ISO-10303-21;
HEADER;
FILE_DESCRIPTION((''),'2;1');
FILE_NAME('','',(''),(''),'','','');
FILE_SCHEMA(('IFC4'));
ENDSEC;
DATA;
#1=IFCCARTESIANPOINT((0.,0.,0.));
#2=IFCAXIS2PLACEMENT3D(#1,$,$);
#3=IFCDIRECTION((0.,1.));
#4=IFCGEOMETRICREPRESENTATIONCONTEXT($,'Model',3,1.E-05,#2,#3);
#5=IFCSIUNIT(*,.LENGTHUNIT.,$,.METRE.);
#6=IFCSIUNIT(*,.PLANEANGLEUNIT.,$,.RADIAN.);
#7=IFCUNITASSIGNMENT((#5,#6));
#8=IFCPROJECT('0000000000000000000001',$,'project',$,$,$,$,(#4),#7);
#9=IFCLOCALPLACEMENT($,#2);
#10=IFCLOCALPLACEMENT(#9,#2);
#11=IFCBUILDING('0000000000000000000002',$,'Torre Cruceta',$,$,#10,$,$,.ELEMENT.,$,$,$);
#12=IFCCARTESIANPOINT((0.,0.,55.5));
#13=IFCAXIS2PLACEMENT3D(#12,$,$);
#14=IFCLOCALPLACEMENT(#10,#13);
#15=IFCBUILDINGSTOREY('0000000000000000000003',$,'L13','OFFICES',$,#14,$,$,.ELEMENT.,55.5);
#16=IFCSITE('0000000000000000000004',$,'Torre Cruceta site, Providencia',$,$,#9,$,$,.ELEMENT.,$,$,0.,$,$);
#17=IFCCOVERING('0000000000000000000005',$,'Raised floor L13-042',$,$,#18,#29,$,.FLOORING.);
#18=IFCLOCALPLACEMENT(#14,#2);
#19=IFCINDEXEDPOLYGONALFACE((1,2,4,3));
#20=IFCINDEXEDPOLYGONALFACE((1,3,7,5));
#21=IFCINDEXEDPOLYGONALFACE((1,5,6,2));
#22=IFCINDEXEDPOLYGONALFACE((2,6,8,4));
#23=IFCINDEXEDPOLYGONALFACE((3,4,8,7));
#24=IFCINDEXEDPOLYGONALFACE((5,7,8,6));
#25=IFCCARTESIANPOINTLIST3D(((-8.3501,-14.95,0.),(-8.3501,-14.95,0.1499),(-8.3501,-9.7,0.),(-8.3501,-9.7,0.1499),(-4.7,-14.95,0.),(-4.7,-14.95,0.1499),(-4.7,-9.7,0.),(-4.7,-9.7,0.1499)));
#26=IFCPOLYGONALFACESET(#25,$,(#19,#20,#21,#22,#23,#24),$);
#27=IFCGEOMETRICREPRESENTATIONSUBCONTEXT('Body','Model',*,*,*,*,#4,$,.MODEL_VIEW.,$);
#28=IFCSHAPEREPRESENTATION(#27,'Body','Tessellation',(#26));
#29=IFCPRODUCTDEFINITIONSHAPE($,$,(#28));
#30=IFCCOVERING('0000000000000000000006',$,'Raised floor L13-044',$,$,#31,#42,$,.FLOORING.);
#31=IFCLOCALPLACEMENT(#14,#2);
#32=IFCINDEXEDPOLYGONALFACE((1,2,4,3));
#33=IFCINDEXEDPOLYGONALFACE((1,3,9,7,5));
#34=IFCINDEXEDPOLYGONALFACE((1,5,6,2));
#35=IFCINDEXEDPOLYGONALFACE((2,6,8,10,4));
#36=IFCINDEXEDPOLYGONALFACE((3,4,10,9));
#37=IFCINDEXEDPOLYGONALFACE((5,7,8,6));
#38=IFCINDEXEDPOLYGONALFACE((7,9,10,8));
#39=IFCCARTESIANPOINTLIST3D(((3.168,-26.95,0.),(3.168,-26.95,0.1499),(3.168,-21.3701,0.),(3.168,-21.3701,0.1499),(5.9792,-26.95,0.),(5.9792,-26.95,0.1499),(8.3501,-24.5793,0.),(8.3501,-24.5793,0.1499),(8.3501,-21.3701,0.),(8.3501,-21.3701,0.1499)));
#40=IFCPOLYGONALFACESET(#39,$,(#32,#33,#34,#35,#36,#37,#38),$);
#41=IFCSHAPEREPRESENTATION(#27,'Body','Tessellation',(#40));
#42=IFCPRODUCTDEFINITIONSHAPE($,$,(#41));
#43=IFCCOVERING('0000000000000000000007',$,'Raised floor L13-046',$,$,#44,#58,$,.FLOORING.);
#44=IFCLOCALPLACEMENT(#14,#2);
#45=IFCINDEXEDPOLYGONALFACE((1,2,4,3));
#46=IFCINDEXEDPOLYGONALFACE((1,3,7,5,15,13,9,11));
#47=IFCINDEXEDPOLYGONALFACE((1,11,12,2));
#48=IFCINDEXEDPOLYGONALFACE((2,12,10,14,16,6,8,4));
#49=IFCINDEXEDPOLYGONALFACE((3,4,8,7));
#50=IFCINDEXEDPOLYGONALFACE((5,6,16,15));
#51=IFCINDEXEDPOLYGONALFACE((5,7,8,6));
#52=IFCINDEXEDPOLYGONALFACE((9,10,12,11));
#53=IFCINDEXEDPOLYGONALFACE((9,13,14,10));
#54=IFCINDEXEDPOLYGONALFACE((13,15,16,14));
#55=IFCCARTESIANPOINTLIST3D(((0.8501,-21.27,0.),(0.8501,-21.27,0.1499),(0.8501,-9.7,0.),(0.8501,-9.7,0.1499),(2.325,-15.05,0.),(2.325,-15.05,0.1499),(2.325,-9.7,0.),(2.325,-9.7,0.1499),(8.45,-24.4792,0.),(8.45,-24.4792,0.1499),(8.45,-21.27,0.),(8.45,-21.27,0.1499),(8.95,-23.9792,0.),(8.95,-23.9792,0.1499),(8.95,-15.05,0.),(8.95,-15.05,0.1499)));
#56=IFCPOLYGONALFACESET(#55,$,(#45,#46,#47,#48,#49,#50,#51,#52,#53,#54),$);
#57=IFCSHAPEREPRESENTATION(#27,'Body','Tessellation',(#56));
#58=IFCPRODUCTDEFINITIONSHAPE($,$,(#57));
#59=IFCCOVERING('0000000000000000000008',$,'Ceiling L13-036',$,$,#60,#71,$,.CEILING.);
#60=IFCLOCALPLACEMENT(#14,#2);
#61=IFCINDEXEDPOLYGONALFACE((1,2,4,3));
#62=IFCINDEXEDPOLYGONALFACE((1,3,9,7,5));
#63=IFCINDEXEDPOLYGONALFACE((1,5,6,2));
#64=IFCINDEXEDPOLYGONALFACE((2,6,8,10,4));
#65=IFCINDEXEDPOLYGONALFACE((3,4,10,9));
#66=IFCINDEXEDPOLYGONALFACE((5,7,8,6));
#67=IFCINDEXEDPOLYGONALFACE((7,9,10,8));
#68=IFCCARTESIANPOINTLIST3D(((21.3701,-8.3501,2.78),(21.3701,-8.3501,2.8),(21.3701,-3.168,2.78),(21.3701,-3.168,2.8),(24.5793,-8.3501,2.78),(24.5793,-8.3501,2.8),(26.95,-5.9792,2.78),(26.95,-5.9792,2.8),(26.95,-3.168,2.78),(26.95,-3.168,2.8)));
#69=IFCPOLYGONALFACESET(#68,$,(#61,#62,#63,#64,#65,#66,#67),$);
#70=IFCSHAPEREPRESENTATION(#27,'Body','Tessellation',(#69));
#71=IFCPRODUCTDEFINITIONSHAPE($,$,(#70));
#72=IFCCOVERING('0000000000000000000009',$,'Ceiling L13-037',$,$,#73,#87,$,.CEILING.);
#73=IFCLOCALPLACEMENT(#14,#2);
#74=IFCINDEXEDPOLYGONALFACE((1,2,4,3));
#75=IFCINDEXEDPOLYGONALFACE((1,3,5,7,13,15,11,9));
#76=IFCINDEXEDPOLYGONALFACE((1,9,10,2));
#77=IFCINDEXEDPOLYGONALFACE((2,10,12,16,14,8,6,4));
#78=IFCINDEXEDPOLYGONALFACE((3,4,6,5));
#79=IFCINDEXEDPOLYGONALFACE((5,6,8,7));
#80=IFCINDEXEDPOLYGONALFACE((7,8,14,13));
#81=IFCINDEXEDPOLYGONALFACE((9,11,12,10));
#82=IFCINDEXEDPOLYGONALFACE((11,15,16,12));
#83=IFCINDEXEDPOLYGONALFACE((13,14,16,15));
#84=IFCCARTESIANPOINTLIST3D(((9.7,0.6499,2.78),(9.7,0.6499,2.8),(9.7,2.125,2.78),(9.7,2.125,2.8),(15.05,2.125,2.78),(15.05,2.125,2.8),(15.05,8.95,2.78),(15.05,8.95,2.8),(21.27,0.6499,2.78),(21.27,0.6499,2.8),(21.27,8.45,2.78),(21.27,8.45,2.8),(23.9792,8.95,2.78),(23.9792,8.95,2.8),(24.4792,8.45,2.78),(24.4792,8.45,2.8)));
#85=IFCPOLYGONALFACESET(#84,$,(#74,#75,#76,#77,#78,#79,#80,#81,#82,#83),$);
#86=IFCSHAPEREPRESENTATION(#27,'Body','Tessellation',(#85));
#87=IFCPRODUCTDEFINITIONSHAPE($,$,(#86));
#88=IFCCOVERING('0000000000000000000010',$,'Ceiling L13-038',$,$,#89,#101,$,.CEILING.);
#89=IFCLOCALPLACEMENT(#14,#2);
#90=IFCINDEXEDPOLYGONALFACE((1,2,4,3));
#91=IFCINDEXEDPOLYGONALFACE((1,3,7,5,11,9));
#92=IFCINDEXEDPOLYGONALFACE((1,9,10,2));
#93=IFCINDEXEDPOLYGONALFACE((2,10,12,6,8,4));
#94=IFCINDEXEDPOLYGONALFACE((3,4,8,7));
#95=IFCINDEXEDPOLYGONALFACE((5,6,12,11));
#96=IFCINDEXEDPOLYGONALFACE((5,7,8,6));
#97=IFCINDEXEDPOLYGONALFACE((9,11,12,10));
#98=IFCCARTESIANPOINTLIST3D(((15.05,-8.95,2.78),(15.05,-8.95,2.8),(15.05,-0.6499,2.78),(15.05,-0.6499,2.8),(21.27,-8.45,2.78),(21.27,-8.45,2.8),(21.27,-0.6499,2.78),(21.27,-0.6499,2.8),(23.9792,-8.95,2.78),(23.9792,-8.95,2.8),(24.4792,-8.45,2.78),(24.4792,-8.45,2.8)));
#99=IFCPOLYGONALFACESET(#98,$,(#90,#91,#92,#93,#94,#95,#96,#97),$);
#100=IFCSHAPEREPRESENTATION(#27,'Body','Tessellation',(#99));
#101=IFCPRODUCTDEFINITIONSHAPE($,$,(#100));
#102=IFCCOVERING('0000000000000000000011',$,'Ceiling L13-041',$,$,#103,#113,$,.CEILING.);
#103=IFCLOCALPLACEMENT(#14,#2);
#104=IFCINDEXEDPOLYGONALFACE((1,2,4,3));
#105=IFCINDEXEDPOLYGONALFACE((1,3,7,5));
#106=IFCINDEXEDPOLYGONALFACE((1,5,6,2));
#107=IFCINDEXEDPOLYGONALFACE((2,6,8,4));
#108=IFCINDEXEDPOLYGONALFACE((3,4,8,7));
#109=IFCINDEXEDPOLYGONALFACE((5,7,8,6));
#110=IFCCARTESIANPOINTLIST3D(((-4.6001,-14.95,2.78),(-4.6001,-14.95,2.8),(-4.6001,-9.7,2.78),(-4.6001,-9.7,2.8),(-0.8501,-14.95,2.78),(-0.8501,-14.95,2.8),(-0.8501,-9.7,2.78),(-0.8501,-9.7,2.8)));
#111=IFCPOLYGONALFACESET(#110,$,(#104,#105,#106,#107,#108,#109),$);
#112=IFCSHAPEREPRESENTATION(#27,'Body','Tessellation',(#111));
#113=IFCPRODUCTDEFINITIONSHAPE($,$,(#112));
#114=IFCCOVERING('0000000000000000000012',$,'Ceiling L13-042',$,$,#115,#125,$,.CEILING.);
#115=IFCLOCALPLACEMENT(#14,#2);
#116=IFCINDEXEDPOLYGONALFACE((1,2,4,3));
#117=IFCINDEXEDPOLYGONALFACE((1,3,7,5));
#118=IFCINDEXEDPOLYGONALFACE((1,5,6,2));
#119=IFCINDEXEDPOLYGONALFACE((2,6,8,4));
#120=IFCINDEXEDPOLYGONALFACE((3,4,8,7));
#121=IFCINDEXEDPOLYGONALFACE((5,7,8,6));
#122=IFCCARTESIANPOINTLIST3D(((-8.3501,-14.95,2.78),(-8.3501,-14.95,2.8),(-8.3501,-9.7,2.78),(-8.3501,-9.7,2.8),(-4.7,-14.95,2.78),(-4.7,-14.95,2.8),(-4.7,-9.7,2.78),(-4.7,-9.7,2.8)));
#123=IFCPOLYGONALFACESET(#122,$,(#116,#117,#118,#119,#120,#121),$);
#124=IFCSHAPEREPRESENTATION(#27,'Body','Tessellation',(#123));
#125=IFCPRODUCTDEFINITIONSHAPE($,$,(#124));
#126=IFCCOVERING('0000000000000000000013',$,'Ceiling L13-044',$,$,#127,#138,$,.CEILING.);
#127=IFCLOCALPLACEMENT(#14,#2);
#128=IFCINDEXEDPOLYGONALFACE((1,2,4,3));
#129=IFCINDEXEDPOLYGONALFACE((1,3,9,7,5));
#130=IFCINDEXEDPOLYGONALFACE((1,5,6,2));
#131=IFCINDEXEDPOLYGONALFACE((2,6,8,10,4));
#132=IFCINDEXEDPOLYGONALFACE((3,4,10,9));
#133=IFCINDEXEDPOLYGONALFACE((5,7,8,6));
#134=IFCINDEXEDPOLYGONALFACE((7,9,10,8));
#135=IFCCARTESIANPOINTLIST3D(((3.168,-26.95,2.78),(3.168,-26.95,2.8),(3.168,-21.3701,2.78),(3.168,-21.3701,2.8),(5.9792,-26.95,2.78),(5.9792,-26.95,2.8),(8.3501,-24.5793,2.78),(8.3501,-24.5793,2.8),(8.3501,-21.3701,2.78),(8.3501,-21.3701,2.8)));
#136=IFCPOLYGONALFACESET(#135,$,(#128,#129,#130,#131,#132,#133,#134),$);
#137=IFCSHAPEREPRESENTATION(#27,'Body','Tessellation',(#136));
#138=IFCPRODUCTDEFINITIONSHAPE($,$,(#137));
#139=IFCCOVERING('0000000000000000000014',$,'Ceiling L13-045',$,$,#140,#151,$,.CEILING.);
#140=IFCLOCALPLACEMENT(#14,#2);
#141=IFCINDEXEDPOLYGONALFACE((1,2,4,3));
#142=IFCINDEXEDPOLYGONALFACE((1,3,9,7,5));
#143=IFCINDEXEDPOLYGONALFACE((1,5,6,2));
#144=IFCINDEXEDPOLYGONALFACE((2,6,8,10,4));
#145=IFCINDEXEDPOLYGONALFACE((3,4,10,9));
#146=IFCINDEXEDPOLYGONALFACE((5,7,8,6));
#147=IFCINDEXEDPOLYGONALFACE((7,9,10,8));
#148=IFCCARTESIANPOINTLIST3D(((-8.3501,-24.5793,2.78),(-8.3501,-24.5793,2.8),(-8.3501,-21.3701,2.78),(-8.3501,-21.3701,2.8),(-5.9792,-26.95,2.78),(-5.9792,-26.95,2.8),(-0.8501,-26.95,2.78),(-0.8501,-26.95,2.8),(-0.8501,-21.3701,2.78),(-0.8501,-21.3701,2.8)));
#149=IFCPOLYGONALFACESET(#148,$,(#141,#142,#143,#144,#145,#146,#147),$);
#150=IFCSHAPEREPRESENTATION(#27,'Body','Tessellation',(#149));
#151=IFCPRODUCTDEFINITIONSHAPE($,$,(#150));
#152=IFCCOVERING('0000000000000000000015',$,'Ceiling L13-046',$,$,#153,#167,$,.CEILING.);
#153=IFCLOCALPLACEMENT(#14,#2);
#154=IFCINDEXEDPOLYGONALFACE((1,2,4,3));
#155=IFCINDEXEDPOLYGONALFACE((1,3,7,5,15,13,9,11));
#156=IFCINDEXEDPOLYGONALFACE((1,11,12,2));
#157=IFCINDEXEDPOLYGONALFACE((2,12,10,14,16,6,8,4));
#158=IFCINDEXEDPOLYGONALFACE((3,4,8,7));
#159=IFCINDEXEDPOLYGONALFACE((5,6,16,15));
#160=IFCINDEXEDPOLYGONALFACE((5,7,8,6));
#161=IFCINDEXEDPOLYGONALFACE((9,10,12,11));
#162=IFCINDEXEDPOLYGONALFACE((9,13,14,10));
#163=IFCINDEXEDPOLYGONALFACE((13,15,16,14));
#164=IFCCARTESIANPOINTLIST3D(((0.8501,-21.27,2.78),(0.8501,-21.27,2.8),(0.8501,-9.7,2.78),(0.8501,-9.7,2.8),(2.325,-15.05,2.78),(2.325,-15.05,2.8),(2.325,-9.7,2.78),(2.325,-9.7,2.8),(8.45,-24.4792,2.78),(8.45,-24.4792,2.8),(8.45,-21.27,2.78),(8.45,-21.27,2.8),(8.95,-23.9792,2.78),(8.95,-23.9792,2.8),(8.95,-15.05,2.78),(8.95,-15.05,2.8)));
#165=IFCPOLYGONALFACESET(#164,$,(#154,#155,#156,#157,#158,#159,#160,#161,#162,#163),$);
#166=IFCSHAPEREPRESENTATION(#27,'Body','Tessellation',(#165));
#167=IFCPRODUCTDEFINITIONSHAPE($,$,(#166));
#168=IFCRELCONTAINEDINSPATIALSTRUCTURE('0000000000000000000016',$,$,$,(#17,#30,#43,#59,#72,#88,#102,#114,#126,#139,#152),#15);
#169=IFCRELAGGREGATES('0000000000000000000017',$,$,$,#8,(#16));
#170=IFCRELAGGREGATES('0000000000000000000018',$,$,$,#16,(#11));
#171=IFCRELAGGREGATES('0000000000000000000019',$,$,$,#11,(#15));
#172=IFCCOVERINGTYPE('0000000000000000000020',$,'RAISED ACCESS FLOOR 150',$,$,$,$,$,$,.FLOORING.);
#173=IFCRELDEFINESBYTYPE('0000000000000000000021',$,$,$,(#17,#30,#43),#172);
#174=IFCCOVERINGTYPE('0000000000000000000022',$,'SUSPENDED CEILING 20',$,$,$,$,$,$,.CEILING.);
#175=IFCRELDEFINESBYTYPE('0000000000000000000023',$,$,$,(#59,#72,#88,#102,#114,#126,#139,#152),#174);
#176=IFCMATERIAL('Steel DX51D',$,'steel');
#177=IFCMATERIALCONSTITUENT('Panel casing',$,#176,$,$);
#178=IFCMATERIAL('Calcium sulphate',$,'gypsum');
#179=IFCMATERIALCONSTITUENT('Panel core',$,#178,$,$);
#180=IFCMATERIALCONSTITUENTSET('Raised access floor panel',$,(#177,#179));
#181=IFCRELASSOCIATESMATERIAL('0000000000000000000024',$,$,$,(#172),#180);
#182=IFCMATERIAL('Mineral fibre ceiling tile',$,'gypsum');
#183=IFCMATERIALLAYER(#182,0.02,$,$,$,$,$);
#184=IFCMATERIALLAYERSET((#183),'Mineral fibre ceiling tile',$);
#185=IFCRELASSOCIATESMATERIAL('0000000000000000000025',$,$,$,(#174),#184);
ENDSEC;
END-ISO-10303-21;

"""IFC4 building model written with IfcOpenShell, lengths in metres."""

from ifc_helpers import new_model, si_unit, direction, frame, origin, place, context, subcontext, project, spatial, polyline, outline, extrude, material, layer, layer_set, constituent, constituent_set, type_object, element, save


model = new_model("IFC4")

# Units and contexts
model_context = context("Model", 3, precision=1e-05, world=origin(), true_north=direction((0.0, 1.0)))
body_context = subcontext(model_context, "Body", "Model", "MODEL_VIEW")
ifc_project = project(units=[si_unit("LENGTHUNIT", "METRE"), si_unit("PLANEANGLEUNIT", "RADIAN")], contexts=[model_context])

# Site, building, storey
site_placement = place(None, origin())
site = spatial("IfcSite", under=ifc_project, at=site_placement, Name="Torre Cruceta site, Providencia", CompositionType="ELEMENT", RefElevation=0.0)
building_placement = place(site_placement, origin())
building = spatial("IfcBuilding", under=site, at=building_placement, Name="Torre Cruceta", CompositionType="ELEMENT")
storey_placement = place(building_placement, frame((0.0, 0.0, 55.5)))
storey = spatial("IfcBuildingStorey", under=building, at=storey_placement, Name="L13", Description="OFFICES", CompositionType="ELEMENT", Elevation=55.5)

# Coverings
ifc_material_1 = material(Name="Steel DX51D", Category="steel")
ifc_constituent_1 = constituent(ifc_material_1, Name="Panel casing")
ifc_material_2 = material(Name="Calcium sulphate", Category="gypsum")
ifc_constituent_2 = constituent(ifc_material_2, Name="Panel core")
ifc_constituent_set_1 = constituent_set(constituents=[ifc_constituent_1, ifc_constituent_2], Name="Raised access floor panel")
covering_type_1 = type_object("IfcCoveringType", Name="RAISED ACCESS FLOOR 150", PredefinedType="FLOORING", material=ifc_constituent_set_1)
covering_1_placement = place(storey_placement, origin())
element("IfcCovering", 1, at=covering_1_placement, inside=storey, type_object=covering_type_1, Name="Raised floor L13-042", PredefinedType="FLOORING", context=body_context, shape_type="SweptSolid", body=[
    extrude(outline(polyline([(-8.3501, -9.7), (-4.7, -9.7), (-4.7, -14.95), (-8.3501, -14.95), (-8.3501, -9.7)])), origin(), (0.0, 0.0, 1.0), 0.1499),
])
covering_2_placement = place(storey_placement, origin())
element("IfcCovering", 2, at=covering_2_placement, inside=storey, type_object=covering_type_1, Name="Raised floor L13-044", PredefinedType="FLOORING", context=body_context, shape_type="SweptSolid", body=[
    extrude(outline(polyline([(3.168, -26.95), (3.168, -21.3701), (8.3501, -21.3701), (8.3501, -24.5793), (5.9792, -26.95), (3.168, -26.95)])), origin(), (0.0, 0.0, 1.0), 0.1499),
])
covering_3_placement = place(storey_placement, origin())
element("IfcCovering", 3, at=covering_3_placement, inside=storey, type_object=covering_type_1, Name="Raised floor L13-046", PredefinedType="FLOORING", context=body_context, shape_type="SweptSolid", body=[
    extrude(outline(polyline([(2.325, -9.7), (2.325, -15.05), (8.95, -15.05), (8.95, -23.9792), (8.45, -24.4792), (8.45, -21.27), (0.8501, -21.27), (0.8501, -9.7), (2.325, -9.7)])), origin(), (0.0, 0.0, 1.0), 0.1499),
])
ifc_material_3 = material(Name="Mineral fibre ceiling tile", Category="gypsum")
ifc_layer_1 = layer(ifc_material_3, 0.02)
ifc_layer_set_1 = layer_set([ifc_layer_1], Name="Mineral fibre ceiling tile")
covering_type_2 = type_object("IfcCoveringType", Name="SUSPENDED CEILING 20", PredefinedType="CEILING", material=ifc_layer_set_1)
covering_4_placement = place(storey_placement, frame((0.0, 0.0, 2.78)))
element("IfcCovering", 4, at=covering_4_placement, inside=storey, type_object=covering_type_2, Name="Ceiling L13-036", PredefinedType="CEILING", context=body_context, shape_type="SweptSolid", body=[
    extrude(outline(polyline([(24.5793, -8.3501), (21.3701, -8.3501), (21.3701, -3.168), (26.95, -3.168), (26.95, -5.9792), (24.5793, -8.3501)])), origin(), (0.0, 0.0, 1.0), 0.02),
])
covering_5_placement = place(storey_placement, frame((0.0, 0.0, 2.78)))
element("IfcCovering", 5, at=covering_5_placement, inside=storey, type_object=covering_type_2, Name="Ceiling L13-037", PredefinedType="CEILING", context=body_context, shape_type="SweptSolid", body=[
    extrude(outline(polyline([(9.7, 2.125), (15.05, 2.125), (15.05, 8.95), (23.9792, 8.95), (24.4792, 8.45), (21.27, 8.45), (21.27, 0.6499), (9.7, 0.6499), (9.7, 2.125)])), origin(), (0.0, 0.0, 1.0), 0.02),
])
covering_6_placement = place(storey_placement, frame((0.0, 0.0, 2.78)))
element("IfcCovering", 6, at=covering_6_placement, inside=storey, type_object=covering_type_2, Name="Ceiling L13-038", PredefinedType="CEILING", context=body_context, shape_type="SweptSolid", body=[
    extrude(outline(polyline([(15.05, -8.95), (15.05, -0.6499), (21.27, -0.6499), (21.27, -8.45), (24.4792, -8.45), (23.9792, -8.95), (15.05, -8.95)])), origin(), (0.0, 0.0, 1.0), 0.02),
])
covering_7_placement = place(storey_placement, frame((0.0, 0.0, 2.78)))
element("IfcCovering", 7, at=covering_7_placement, inside=storey, type_object=covering_type_2, Name="Ceiling L13-041", PredefinedType="CEILING", context=body_context, shape_type="SweptSolid", body=[
    extrude(outline(polyline([(-4.6001, -9.7), (-0.8501, -9.7), (-0.8501, -14.95), (-4.6001, -14.95), (-4.6001, -9.7)])), origin(), (0.0, 0.0, 1.0), 0.02),
])
covering_8_placement = place(storey_placement, frame((0.0, 0.0, 2.78)))
element("IfcCovering", 8, at=covering_8_placement, inside=storey, type_object=covering_type_2, Name="Ceiling L13-042", PredefinedType="CEILING", context=body_context, shape_type="SweptSolid", body=[
    extrude(outline(polyline([(-8.3501, -9.7), (-4.7, -9.7), (-4.7, -14.95), (-8.3501, -14.95), (-8.3501, -9.7)])), origin(), (0.0, 0.0, 1.0), 0.02),
])
covering_9_placement = place(storey_placement, frame((0.0, 0.0, 2.78)))
element("IfcCovering", 9, at=covering_9_placement, inside=storey, type_object=covering_type_2, Name="Ceiling L13-044", PredefinedType="CEILING", context=body_context, shape_type="SweptSolid", body=[
    extrude(outline(polyline([(3.168, -26.95), (3.168, -21.3701), (8.3501, -21.3701), (8.3501, -24.5793), (5.9792, -26.95), (3.168, -26.95)])), origin(), (0.0, 0.0, 1.0), 0.02),
])
covering_10_placement = place(storey_placement, frame((0.0, 0.0, 2.78)))
element("IfcCovering", 10, at=covering_10_placement, inside=storey, type_object=covering_type_2, Name="Ceiling L13-045", PredefinedType="CEILING", context=body_context, shape_type="SweptSolid", body=[
    extrude(outline(polyline([(-8.3501, -24.5793), (-8.3501, -21.3701), (-0.8501, -21.3701), (-0.8501, -26.95), (-5.9792, -26.95), (-8.3501, -24.5793)])), origin(), (0.0, 0.0, 1.0), 0.02),
])
covering_11_placement = place(storey_placement, frame((0.0, 0.0, 2.78)))
element("IfcCovering", 11, at=covering_11_placement, inside=storey, type_object=covering_type_2, Name="Ceiling L13-046", PredefinedType="CEILING", context=body_context, shape_type="SweptSolid", body=[
    extrude(outline(polyline([(2.325, -9.7), (2.325, -15.05), (8.95, -15.05), (8.95, -23.9792), (8.45, -24.4792), (8.45, -21.27), (0.8501, -21.27), (0.8501, -9.7), (2.325, -9.7)])), origin(), (0.0, 0.0, 1.0), 0.02),
])

save(model, "model.ifc")
